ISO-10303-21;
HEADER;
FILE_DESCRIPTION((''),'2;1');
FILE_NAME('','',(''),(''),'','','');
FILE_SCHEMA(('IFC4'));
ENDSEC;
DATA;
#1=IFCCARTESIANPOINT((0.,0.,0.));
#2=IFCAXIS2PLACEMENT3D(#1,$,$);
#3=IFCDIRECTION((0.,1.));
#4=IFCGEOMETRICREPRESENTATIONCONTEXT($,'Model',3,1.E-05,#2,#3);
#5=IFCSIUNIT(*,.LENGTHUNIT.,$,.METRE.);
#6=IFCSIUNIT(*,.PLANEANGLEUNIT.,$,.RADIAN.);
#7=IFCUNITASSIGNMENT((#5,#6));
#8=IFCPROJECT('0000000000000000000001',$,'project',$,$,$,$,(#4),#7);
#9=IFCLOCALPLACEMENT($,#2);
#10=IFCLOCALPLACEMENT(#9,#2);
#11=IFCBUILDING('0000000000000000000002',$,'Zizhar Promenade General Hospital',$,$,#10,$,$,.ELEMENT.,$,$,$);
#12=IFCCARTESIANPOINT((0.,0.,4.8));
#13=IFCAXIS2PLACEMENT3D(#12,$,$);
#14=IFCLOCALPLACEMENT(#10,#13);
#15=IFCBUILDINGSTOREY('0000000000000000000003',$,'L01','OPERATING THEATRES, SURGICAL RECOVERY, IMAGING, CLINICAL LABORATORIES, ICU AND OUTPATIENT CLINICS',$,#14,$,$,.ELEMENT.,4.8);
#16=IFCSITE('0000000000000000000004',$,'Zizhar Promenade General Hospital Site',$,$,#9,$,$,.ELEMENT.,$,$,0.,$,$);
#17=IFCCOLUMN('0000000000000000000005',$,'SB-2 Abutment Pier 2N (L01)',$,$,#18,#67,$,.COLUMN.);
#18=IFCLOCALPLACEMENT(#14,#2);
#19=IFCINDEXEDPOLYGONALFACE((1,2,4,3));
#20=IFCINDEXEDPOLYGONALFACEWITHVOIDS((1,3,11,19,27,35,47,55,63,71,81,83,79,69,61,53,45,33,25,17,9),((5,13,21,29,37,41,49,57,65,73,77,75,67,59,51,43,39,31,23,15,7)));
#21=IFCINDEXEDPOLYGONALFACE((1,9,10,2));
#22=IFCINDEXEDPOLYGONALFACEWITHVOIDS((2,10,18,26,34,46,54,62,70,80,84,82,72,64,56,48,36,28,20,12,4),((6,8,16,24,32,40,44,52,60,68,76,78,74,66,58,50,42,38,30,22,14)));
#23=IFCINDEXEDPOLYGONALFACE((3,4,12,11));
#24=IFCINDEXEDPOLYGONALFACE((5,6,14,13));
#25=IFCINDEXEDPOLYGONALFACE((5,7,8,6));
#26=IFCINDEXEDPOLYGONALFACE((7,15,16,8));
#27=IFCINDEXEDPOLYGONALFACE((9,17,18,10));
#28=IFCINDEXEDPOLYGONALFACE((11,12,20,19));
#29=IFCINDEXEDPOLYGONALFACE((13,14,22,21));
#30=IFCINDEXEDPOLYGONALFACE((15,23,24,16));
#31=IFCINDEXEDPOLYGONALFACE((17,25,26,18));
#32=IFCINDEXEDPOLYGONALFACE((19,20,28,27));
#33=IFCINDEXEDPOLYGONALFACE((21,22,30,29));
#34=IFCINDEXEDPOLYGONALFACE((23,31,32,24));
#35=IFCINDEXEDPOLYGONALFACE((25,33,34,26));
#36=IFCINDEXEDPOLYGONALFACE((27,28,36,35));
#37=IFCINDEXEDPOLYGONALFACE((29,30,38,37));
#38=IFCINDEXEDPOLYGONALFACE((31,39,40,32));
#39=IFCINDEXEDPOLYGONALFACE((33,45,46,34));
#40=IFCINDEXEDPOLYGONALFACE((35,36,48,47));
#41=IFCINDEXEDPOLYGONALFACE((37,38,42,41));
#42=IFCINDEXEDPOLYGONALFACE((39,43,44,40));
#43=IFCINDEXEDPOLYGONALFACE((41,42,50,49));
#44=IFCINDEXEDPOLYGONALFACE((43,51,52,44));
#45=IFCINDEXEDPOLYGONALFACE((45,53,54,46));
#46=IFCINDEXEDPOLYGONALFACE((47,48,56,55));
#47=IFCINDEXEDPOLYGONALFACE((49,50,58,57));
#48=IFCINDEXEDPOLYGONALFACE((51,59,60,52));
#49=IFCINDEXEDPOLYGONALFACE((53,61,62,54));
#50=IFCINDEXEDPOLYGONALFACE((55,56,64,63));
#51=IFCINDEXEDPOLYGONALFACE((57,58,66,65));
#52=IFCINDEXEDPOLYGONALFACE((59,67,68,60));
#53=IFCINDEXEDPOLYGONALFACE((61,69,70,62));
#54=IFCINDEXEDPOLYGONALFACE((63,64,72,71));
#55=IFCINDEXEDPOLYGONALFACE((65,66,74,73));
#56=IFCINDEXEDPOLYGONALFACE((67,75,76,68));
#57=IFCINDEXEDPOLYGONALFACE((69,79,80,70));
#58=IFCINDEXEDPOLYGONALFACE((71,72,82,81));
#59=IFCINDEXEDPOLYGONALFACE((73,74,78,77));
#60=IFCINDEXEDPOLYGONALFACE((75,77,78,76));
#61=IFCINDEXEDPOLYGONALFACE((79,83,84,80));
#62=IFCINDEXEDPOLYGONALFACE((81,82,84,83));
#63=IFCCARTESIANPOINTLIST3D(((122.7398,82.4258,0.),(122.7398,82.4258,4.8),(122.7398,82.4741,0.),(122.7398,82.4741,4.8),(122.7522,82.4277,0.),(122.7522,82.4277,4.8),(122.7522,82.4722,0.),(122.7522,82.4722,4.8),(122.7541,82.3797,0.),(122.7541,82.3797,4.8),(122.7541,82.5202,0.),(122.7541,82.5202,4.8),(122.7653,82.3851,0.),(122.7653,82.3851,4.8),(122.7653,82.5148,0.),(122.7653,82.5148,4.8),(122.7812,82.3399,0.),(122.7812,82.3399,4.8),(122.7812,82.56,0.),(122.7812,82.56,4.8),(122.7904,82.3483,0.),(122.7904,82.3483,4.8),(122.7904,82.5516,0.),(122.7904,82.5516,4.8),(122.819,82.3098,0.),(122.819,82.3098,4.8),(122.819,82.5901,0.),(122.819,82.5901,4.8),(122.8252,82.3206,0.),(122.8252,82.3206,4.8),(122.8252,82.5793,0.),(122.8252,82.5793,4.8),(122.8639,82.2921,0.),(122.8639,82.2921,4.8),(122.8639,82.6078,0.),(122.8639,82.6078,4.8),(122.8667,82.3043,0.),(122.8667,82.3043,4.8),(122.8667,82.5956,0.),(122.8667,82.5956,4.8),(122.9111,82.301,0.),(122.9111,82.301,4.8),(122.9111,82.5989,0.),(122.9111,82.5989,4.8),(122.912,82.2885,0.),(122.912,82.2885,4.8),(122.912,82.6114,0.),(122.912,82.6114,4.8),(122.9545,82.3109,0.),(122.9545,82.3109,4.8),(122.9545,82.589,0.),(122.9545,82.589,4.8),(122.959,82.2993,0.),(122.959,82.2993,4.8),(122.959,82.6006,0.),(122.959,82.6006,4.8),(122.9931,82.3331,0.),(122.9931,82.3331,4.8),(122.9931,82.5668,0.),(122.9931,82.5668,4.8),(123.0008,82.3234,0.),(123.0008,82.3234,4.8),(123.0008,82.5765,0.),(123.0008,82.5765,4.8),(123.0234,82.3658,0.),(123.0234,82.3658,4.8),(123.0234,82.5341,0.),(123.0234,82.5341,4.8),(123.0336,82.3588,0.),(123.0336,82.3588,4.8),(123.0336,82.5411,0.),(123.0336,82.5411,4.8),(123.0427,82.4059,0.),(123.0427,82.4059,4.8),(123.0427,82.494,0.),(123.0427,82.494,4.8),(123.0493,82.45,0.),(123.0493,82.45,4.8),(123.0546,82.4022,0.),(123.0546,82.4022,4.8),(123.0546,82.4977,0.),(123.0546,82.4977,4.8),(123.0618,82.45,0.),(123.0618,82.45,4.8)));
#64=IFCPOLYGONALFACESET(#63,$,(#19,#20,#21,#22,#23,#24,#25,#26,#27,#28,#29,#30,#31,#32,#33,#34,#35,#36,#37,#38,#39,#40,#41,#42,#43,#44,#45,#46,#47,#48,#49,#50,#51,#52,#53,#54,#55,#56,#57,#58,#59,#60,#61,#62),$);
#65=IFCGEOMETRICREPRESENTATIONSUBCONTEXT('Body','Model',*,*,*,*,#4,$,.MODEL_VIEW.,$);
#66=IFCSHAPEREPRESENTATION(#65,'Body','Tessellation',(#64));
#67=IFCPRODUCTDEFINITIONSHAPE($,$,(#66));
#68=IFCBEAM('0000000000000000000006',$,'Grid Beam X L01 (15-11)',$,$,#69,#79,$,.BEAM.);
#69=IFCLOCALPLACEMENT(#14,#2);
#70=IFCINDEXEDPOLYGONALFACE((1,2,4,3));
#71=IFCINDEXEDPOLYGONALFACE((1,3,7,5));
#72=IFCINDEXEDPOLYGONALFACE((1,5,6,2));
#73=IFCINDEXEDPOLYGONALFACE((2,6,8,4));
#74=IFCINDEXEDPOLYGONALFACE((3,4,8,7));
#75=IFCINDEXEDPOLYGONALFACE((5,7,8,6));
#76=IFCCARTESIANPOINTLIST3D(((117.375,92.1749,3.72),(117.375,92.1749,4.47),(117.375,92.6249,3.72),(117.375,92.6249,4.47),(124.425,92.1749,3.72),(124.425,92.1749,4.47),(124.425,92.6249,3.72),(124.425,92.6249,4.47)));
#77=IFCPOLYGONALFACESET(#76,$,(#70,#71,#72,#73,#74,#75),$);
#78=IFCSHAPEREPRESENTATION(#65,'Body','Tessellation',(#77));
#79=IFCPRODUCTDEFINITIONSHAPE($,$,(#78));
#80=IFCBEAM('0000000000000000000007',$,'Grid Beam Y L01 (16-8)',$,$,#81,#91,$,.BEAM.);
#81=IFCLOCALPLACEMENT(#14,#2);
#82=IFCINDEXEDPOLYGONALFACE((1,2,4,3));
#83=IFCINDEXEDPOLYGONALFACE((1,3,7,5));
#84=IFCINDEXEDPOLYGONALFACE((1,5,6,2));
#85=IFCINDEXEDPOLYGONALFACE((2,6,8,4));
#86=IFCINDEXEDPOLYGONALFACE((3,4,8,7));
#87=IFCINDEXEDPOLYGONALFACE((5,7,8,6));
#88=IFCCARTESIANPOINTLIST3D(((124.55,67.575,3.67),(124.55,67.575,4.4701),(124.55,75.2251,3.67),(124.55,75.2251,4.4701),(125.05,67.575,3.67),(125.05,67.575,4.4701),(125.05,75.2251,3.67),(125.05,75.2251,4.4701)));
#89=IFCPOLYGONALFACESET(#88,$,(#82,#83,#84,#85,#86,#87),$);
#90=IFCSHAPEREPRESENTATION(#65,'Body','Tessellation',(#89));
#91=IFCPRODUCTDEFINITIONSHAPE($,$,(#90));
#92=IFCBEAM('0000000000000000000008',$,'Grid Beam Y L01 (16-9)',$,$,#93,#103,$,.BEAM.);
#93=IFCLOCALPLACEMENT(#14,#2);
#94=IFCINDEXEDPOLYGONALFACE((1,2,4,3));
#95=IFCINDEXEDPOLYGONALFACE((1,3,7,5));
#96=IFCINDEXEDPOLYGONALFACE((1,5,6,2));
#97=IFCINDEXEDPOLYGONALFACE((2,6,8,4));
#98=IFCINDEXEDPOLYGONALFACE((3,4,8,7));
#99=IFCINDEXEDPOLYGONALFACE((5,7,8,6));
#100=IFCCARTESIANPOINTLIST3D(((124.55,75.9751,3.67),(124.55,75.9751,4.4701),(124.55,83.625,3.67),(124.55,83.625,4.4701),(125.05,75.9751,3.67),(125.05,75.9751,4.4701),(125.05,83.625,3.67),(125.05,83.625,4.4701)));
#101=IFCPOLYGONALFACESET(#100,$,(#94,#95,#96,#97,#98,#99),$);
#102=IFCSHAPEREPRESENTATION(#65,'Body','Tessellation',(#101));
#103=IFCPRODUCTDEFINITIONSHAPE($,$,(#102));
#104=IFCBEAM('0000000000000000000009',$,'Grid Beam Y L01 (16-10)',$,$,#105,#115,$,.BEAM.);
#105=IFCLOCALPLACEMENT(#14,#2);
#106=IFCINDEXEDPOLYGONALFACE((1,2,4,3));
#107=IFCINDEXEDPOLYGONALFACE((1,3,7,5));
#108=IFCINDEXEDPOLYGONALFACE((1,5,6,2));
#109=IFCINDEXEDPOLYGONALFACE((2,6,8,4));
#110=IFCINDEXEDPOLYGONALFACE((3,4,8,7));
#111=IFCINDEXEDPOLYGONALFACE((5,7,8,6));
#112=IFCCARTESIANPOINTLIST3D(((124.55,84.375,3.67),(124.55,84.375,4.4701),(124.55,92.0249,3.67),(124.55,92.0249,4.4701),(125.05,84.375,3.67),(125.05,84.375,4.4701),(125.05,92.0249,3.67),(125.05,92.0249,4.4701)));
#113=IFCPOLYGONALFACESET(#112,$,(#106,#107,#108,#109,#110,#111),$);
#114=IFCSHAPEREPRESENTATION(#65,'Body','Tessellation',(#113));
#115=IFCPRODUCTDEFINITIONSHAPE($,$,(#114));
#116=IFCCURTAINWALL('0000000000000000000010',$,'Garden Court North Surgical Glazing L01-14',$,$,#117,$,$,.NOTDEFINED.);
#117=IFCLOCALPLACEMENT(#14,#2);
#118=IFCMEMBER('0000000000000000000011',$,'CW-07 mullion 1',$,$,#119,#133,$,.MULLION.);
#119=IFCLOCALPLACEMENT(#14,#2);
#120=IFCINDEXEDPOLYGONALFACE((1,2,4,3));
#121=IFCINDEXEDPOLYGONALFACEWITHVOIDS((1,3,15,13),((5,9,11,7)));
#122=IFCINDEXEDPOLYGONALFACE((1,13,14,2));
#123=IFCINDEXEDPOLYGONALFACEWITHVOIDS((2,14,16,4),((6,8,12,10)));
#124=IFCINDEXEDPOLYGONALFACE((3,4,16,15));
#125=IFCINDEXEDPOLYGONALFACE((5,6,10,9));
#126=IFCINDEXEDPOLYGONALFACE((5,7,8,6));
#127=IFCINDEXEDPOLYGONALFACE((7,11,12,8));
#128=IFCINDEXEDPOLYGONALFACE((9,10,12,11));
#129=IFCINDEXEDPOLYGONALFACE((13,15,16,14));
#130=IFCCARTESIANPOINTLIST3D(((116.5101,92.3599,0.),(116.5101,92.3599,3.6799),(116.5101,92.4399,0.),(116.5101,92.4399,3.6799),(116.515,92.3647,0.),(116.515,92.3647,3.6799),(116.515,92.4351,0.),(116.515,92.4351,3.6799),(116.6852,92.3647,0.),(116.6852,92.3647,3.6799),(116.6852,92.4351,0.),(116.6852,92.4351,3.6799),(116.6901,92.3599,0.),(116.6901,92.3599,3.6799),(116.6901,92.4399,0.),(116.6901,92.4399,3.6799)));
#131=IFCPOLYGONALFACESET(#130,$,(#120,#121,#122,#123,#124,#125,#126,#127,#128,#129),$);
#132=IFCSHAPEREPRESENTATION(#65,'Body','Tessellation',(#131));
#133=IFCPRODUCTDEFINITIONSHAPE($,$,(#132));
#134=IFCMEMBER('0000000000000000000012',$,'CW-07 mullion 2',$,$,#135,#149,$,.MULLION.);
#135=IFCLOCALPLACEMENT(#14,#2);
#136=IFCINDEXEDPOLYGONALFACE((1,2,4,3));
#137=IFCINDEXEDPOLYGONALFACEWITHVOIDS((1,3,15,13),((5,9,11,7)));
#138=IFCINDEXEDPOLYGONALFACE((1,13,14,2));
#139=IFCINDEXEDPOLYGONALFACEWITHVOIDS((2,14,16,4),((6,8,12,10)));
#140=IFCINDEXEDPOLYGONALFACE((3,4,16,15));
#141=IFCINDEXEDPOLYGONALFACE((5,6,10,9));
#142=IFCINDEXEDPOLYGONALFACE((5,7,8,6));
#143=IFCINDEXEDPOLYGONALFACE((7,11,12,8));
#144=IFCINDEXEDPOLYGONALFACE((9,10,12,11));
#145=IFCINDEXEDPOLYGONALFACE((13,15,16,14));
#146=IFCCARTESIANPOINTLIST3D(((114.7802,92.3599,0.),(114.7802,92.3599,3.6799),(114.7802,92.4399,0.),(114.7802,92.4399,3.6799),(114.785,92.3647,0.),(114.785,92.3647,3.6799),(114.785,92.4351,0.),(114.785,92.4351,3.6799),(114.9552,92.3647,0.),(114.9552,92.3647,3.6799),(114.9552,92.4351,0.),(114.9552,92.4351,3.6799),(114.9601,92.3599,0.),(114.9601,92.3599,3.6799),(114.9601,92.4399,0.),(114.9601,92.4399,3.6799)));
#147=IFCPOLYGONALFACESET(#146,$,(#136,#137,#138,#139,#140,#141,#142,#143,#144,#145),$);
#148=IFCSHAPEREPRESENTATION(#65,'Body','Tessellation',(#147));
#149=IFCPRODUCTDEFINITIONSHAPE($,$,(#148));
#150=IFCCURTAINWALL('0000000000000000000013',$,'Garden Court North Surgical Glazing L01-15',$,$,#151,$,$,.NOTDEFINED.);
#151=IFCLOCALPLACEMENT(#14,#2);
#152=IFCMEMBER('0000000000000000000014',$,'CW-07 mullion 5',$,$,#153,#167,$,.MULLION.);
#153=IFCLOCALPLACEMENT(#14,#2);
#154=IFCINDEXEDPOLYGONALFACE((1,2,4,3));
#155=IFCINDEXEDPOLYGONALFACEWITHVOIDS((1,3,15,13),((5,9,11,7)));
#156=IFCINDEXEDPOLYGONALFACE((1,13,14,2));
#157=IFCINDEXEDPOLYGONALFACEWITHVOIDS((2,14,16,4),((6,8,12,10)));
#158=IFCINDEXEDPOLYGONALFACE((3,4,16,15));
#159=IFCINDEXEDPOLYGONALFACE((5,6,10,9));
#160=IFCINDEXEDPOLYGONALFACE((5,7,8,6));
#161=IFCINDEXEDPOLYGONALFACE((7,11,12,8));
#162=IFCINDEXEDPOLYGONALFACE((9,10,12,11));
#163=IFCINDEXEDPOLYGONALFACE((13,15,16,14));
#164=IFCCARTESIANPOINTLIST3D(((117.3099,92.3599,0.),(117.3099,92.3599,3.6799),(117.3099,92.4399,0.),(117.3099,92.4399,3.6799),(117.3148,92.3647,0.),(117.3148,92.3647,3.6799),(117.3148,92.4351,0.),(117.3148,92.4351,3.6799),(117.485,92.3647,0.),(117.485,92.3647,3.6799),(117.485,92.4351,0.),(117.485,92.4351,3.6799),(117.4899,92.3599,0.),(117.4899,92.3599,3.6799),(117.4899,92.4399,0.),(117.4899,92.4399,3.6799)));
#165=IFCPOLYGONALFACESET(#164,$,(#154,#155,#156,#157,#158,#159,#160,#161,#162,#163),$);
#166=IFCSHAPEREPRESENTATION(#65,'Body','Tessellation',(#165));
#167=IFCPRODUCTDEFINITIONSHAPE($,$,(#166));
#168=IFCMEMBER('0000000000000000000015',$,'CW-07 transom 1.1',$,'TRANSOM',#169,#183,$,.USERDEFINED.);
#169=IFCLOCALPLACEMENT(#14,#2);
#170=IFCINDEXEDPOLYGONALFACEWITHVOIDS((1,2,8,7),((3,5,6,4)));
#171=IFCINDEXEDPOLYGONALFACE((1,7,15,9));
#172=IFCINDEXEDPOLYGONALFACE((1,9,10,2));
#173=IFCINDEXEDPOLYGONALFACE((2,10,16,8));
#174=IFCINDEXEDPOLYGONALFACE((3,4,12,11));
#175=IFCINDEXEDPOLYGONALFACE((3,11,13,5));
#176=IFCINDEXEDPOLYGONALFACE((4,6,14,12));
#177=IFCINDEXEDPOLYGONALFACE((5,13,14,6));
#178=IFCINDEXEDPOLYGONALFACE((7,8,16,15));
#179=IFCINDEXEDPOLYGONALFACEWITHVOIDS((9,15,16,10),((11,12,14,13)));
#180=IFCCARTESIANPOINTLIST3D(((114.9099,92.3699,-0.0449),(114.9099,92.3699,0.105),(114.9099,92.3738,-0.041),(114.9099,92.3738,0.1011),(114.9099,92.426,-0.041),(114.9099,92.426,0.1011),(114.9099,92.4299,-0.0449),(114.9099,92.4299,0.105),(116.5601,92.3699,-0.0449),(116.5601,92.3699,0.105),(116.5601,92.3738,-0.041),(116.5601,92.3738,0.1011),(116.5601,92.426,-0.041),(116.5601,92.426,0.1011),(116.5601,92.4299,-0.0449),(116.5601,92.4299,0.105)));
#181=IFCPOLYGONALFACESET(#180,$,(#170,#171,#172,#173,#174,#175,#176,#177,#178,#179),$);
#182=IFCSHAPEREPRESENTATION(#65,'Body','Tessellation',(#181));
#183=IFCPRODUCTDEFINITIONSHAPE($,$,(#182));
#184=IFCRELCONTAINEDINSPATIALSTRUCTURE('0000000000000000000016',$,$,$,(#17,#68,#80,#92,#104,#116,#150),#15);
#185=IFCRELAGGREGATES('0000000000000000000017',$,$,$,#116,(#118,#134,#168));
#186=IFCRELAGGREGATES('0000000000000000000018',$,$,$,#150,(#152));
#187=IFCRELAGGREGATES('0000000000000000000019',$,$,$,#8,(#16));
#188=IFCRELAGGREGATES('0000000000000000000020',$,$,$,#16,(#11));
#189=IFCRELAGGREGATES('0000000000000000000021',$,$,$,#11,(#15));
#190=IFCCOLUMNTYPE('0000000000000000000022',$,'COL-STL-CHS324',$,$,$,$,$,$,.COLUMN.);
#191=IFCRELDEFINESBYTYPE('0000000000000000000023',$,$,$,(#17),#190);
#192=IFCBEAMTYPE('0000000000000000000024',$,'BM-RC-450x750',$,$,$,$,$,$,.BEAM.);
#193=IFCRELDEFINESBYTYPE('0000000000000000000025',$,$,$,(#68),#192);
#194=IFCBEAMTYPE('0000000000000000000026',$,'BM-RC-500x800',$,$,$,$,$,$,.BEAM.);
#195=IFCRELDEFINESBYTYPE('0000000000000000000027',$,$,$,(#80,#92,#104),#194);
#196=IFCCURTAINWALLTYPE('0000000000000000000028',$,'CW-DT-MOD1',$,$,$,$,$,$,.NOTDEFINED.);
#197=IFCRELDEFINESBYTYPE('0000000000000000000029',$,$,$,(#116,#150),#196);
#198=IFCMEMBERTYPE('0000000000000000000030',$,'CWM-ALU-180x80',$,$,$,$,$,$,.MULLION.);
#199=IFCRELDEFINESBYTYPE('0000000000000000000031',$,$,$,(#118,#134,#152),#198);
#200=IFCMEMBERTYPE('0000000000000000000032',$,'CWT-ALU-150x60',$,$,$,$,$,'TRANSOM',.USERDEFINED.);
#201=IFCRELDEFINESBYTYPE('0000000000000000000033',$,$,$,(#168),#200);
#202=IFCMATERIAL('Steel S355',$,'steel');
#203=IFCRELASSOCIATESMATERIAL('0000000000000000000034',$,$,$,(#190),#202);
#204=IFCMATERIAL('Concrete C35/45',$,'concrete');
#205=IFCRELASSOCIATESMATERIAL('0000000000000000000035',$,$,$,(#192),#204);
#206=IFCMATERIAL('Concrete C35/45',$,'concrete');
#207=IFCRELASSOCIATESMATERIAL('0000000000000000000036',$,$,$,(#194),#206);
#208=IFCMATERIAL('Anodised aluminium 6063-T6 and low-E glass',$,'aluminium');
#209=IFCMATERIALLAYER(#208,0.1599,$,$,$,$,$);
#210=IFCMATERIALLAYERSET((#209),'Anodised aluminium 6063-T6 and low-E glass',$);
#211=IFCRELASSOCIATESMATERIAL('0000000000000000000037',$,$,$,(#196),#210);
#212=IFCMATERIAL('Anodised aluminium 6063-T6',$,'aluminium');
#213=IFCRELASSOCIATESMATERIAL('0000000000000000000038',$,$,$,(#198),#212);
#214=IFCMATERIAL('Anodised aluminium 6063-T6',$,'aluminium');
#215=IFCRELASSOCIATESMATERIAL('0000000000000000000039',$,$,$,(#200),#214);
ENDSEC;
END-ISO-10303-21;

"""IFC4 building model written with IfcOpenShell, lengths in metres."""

from ifc_helpers import new_model, si_unit, direction, frame, origin, origin_2d, place, context, subcontext, project, spatial, rectangle, hollow_rectangle, hollow_circle, extrude, material, layer, layer_set, material_profile, profile_set, type_object, element, aggregate, save


model = new_model("IFC4")

# Units and contexts
model_context = context("Model", 3, precision=1e-05, world=origin(), true_north=direction((0.0, 1.0)))
body_context = subcontext(model_context, "Body", "Model", "MODEL_VIEW")
ifc_project = project(units=[si_unit("LENGTHUNIT", "METRE"), si_unit("PLANEANGLEUNIT", "RADIAN")], contexts=[model_context])

# Site, building, storey
site_placement = place(None, origin())
site = spatial("IfcSite", under=ifc_project, at=site_placement, Name="Zizhar Promenade General Hospital Site", CompositionType="ELEMENT", RefElevation=0.0)
building_placement = place(site_placement, origin())
building = spatial("IfcBuilding", under=site, at=building_placement, Name="Zizhar Promenade General Hospital", CompositionType="ELEMENT")
storey_placement = place(building_placement, frame((0.0, 0.0, 4.8)))
storey = spatial("IfcBuildingStorey", under=building, at=storey_placement, Name="L01", Description="OPERATING THEATRES, SURGICAL RECOVERY, IMAGING, CLINICAL LABORATORIES, ICU AND OUTPATIENT CLINICS", CompositionType="ELEMENT", Elevation=4.8)

# Column
ifc_material_1 = material(Name="Steel S355", Category="steel")
ifc_material_profile_1 = material_profile(ifc_material_1, hollow_circle(Radius=0.1619, WallThickness=0.0125, at=origin_2d()))
ifc_profile_set_1 = profile_set([ifc_material_profile_1], Name="Steel S355")
column_type_1 = type_object("IfcColumnType", Name="COL-STL-CHS324", PredefinedType="COLUMN", material=ifc_profile_set_1)
for number, where, z_axis, x_axis, name in (
    (1, (122.8999, 82.45, 0.0), (0.0, 0.0, 1.0), (1.0, 0.0, 0.0), "SB-2 Abutment Pier 2N (L01)"),
):
    element("IfcColumn", number, at=place(storey_placement, frame(where, z_axis=z_axis, x_axis=x_axis)), inside=storey, type_object=column_type_1, Name=name, PredefinedType="COLUMN", context=body_context, shape_type="SweptSolid", body=[
        extrude(hollow_circle(Radius=0.1619, WallThickness=0.0125, at=origin_2d()), origin(), (0.0, 0.0, 1.0), 4.8),
    ])

# Beams
ifc_material_2 = material(Name="Concrete C35/45", Category="concrete")
ifc_material_profile_2 = material_profile(ifc_material_2, rectangle(XDim=0.45, YDim=0.75, at=origin_2d()))
ifc_profile_set_2 = profile_set([ifc_material_profile_2], Name="Concrete C35/45")
beam_type_1 = type_object("IfcBeamType", Name="BM-RC-450x750", PredefinedType="BEAM", material=ifc_profile_set_2)
beam_1_placement = place(storey_placement, frame((117.375, 92.3999, 4.095), z_axis=(1.0, 0.0, 0.0), x_axis=(0.0, 1.0, 0.0)))
element("IfcBeam", 2, at=beam_1_placement, inside=storey, type_object=beam_type_1, Name="Grid Beam X L01 (15-11)", PredefinedType="BEAM", context=body_context, shape_type="SweptSolid", body=[
    extrude(rectangle(XDim=0.45, YDim=0.75, at=origin_2d()), origin(), (0.0, 0.0, 1.0), 7.05),
])
ifc_material_3 = material(Name="Concrete C35/45", Category="concrete")
ifc_material_profile_3 = material_profile(ifc_material_3, rectangle(XDim=0.5, YDim=0.8, at=origin_2d()))
ifc_profile_set_3 = profile_set([ifc_material_profile_3], Name="Concrete C35/45")
beam_type_2 = type_object("IfcBeamType", Name="BM-RC-500x800", PredefinedType="BEAM", material=ifc_profile_set_3)
beam_2_placement = place(storey_placement, frame((124.8, 67.575, 4.0701), z_axis=(0.0, 1.0, 0.0), x_axis=(-1.0, 0.0, 0.0)))
element("IfcBeam", 3, at=beam_2_placement, inside=storey, type_object=beam_type_2, Name="Grid Beam Y L01 (16-8)", PredefinedType="BEAM", context=body_context, shape_type="SweptSolid", body=[
    extrude(rectangle(XDim=0.5, YDim=0.8, at=origin_2d()), origin(), (0.0, 0.0, 1.0), 7.6501),
])
for number, where, z_axis, x_axis, name in (
    (4, (124.8, 75.9751, 4.0701), (0.0, 1.0, 0.0), (-1.0, 0.0, 0.0), "Grid Beam Y L01 (16-9)"),
    (5, (124.8, 84.375, 4.0701), (0.0, 1.0, 0.0), (-1.0, 0.0, 0.0), "Grid Beam Y L01 (16-10)"),
):
    element("IfcBeam", number, at=place(storey_placement, frame(where, z_axis=z_axis, x_axis=x_axis)), inside=storey, type_object=beam_type_2, Name=name, PredefinedType="BEAM", context=body_context, shape_type="SweptSolid", body=[
        extrude(rectangle(XDim=0.5, YDim=0.8, at=origin_2d()), origin(), (0.0, 0.0, 1.0), 7.6499),
    ])

# Curtain wall, members
ifc_material_4 = material(Name="Anodised aluminium 6063-T6 and low-E glass", Category="aluminium")
ifc_layer_1 = layer(ifc_material_4, 0.1599)
ifc_layer_set_1 = layer_set([ifc_layer_1], Name="Anodised aluminium 6063-T6 and low-E glass")
curtain_wall_type = type_object("IfcCurtainWallType", Name="CW-DT-MOD1", PredefinedType="NOTDEFINED", material=ifc_layer_set_1)
curtain_wall_1_placement = place(storey_placement, origin())
curtain_wall_1 = element("IfcCurtainWall", 6, at=curtain_wall_1_placement, inside=storey, type_object=curtain_wall_type, Name="Garden Court North Surgical Glazing L01-14", PredefinedType="NOTDEFINED")
ifc_material_5 = material(Name="Anodised aluminium 6063-T6", Category="aluminium")
ifc_material_profile_4 = material_profile(ifc_material_5, hollow_rectangle(XDim=0.0801, YDim=0.1799, WallThickness=0.0049, at=origin_2d()))
ifc_profile_set_4 = profile_set([ifc_material_profile_4], Name="Anodised aluminium 6063-T6")
member_type_1 = type_object("IfcMemberType", Name="CWM-ALU-180x80", PredefinedType="MULLION", material=ifc_profile_set_4)
member_1_placement = place(storey_placement, frame((116.6001, 92.3999, 0.0), z_axis=(0.0, 0.0, 1.0), x_axis=(0.0, -1.0, 0.0)))
member_1 = element("IfcMember", 7, at=member_1_placement, type_object=member_type_1, Name="CW-07 mullion 1", PredefinedType="MULLION", context=body_context, shape_type="SweptSolid", body=[
    extrude(hollow_rectangle(XDim=0.0801, YDim=0.1799, WallThickness=0.0049, at=origin_2d()), origin(), (0.0, 0.0, 1.0), 3.6799),
])
member_2_placement = place(storey_placement, frame((114.8701, 92.3999, 0.0), z_axis=(0.0, 0.0, 1.0), x_axis=(0.0, -1.0, 0.0)))
member_2 = element("IfcMember", 8, at=member_2_placement, type_object=member_type_1, Name="CW-07 mullion 2", PredefinedType="MULLION", context=body_context, shape_type="SweptSolid", body=[
    extrude(hollow_rectangle(XDim=0.0801, YDim=0.1799, WallThickness=0.0049, at=origin_2d()), origin(), (0.0, 0.0, 1.0), 3.6799),
])

# Curtain wall, member
curtain_wall_2_placement = place(storey_placement, origin())
curtain_wall_2 = element("IfcCurtainWall", 9, at=curtain_wall_2_placement, inside=storey, type_object=curtain_wall_type, Name="Garden Court North Surgical Glazing L01-15", PredefinedType="NOTDEFINED")
member_3_placement = place(storey_placement, frame((117.3999, 92.3999, 0.0), z_axis=(0.0, 0.0, 1.0), x_axis=(0.0, -1.0, 0.0)))
member_3 = element("IfcMember", 10, at=member_3_placement, type_object=member_type_1, Name="CW-07 mullion 5", PredefinedType="MULLION", context=body_context, shape_type="SweptSolid", body=[
    extrude(hollow_rectangle(XDim=0.0801, YDim=0.1799, WallThickness=0.0049, at=origin_2d()), origin(), (0.0, 0.0, 1.0), 3.6799),
])

# Member
ifc_material_6 = material(Name="Anodised aluminium 6063-T6", Category="aluminium")
ifc_material_profile_5 = material_profile(ifc_material_6, hollow_rectangle(XDim=0.0601, YDim=0.1499, WallThickness=0.0039, at=origin_2d()))
ifc_profile_set_5 = profile_set([ifc_material_profile_5], Name="Anodised aluminium 6063-T6")
member_type_2 = type_object("IfcMemberType", Name="CWT-ALU-150x60", ElementType="TRANSOM", PredefinedType="USERDEFINED", material=ifc_profile_set_5)
member_4_placement = place(storey_placement, frame((116.5601, 92.3999, 0.03), z_axis=(-1.0, 0.0, 0.0), x_axis=(0.0, -1.0, 0.0)))
member_4 = element("IfcMember", 11, at=member_4_placement, type_object=member_type_2, Name="CW-07 transom 1.1", ObjectType="TRANSOM", PredefinedType="USERDEFINED", context=body_context, shape_type="SweptSolid", body=[
    extrude(hollow_rectangle(XDim=0.0601, YDim=0.1499, WallThickness=0.0039, at=origin_2d()), origin(), (0.0, 0.0, 1.0), 1.6501),
])

aggregate(curtain_wall_1, [member_1, member_2, member_4])
aggregate(curtain_wall_2, [member_3])

save(model, "model.ifc")
